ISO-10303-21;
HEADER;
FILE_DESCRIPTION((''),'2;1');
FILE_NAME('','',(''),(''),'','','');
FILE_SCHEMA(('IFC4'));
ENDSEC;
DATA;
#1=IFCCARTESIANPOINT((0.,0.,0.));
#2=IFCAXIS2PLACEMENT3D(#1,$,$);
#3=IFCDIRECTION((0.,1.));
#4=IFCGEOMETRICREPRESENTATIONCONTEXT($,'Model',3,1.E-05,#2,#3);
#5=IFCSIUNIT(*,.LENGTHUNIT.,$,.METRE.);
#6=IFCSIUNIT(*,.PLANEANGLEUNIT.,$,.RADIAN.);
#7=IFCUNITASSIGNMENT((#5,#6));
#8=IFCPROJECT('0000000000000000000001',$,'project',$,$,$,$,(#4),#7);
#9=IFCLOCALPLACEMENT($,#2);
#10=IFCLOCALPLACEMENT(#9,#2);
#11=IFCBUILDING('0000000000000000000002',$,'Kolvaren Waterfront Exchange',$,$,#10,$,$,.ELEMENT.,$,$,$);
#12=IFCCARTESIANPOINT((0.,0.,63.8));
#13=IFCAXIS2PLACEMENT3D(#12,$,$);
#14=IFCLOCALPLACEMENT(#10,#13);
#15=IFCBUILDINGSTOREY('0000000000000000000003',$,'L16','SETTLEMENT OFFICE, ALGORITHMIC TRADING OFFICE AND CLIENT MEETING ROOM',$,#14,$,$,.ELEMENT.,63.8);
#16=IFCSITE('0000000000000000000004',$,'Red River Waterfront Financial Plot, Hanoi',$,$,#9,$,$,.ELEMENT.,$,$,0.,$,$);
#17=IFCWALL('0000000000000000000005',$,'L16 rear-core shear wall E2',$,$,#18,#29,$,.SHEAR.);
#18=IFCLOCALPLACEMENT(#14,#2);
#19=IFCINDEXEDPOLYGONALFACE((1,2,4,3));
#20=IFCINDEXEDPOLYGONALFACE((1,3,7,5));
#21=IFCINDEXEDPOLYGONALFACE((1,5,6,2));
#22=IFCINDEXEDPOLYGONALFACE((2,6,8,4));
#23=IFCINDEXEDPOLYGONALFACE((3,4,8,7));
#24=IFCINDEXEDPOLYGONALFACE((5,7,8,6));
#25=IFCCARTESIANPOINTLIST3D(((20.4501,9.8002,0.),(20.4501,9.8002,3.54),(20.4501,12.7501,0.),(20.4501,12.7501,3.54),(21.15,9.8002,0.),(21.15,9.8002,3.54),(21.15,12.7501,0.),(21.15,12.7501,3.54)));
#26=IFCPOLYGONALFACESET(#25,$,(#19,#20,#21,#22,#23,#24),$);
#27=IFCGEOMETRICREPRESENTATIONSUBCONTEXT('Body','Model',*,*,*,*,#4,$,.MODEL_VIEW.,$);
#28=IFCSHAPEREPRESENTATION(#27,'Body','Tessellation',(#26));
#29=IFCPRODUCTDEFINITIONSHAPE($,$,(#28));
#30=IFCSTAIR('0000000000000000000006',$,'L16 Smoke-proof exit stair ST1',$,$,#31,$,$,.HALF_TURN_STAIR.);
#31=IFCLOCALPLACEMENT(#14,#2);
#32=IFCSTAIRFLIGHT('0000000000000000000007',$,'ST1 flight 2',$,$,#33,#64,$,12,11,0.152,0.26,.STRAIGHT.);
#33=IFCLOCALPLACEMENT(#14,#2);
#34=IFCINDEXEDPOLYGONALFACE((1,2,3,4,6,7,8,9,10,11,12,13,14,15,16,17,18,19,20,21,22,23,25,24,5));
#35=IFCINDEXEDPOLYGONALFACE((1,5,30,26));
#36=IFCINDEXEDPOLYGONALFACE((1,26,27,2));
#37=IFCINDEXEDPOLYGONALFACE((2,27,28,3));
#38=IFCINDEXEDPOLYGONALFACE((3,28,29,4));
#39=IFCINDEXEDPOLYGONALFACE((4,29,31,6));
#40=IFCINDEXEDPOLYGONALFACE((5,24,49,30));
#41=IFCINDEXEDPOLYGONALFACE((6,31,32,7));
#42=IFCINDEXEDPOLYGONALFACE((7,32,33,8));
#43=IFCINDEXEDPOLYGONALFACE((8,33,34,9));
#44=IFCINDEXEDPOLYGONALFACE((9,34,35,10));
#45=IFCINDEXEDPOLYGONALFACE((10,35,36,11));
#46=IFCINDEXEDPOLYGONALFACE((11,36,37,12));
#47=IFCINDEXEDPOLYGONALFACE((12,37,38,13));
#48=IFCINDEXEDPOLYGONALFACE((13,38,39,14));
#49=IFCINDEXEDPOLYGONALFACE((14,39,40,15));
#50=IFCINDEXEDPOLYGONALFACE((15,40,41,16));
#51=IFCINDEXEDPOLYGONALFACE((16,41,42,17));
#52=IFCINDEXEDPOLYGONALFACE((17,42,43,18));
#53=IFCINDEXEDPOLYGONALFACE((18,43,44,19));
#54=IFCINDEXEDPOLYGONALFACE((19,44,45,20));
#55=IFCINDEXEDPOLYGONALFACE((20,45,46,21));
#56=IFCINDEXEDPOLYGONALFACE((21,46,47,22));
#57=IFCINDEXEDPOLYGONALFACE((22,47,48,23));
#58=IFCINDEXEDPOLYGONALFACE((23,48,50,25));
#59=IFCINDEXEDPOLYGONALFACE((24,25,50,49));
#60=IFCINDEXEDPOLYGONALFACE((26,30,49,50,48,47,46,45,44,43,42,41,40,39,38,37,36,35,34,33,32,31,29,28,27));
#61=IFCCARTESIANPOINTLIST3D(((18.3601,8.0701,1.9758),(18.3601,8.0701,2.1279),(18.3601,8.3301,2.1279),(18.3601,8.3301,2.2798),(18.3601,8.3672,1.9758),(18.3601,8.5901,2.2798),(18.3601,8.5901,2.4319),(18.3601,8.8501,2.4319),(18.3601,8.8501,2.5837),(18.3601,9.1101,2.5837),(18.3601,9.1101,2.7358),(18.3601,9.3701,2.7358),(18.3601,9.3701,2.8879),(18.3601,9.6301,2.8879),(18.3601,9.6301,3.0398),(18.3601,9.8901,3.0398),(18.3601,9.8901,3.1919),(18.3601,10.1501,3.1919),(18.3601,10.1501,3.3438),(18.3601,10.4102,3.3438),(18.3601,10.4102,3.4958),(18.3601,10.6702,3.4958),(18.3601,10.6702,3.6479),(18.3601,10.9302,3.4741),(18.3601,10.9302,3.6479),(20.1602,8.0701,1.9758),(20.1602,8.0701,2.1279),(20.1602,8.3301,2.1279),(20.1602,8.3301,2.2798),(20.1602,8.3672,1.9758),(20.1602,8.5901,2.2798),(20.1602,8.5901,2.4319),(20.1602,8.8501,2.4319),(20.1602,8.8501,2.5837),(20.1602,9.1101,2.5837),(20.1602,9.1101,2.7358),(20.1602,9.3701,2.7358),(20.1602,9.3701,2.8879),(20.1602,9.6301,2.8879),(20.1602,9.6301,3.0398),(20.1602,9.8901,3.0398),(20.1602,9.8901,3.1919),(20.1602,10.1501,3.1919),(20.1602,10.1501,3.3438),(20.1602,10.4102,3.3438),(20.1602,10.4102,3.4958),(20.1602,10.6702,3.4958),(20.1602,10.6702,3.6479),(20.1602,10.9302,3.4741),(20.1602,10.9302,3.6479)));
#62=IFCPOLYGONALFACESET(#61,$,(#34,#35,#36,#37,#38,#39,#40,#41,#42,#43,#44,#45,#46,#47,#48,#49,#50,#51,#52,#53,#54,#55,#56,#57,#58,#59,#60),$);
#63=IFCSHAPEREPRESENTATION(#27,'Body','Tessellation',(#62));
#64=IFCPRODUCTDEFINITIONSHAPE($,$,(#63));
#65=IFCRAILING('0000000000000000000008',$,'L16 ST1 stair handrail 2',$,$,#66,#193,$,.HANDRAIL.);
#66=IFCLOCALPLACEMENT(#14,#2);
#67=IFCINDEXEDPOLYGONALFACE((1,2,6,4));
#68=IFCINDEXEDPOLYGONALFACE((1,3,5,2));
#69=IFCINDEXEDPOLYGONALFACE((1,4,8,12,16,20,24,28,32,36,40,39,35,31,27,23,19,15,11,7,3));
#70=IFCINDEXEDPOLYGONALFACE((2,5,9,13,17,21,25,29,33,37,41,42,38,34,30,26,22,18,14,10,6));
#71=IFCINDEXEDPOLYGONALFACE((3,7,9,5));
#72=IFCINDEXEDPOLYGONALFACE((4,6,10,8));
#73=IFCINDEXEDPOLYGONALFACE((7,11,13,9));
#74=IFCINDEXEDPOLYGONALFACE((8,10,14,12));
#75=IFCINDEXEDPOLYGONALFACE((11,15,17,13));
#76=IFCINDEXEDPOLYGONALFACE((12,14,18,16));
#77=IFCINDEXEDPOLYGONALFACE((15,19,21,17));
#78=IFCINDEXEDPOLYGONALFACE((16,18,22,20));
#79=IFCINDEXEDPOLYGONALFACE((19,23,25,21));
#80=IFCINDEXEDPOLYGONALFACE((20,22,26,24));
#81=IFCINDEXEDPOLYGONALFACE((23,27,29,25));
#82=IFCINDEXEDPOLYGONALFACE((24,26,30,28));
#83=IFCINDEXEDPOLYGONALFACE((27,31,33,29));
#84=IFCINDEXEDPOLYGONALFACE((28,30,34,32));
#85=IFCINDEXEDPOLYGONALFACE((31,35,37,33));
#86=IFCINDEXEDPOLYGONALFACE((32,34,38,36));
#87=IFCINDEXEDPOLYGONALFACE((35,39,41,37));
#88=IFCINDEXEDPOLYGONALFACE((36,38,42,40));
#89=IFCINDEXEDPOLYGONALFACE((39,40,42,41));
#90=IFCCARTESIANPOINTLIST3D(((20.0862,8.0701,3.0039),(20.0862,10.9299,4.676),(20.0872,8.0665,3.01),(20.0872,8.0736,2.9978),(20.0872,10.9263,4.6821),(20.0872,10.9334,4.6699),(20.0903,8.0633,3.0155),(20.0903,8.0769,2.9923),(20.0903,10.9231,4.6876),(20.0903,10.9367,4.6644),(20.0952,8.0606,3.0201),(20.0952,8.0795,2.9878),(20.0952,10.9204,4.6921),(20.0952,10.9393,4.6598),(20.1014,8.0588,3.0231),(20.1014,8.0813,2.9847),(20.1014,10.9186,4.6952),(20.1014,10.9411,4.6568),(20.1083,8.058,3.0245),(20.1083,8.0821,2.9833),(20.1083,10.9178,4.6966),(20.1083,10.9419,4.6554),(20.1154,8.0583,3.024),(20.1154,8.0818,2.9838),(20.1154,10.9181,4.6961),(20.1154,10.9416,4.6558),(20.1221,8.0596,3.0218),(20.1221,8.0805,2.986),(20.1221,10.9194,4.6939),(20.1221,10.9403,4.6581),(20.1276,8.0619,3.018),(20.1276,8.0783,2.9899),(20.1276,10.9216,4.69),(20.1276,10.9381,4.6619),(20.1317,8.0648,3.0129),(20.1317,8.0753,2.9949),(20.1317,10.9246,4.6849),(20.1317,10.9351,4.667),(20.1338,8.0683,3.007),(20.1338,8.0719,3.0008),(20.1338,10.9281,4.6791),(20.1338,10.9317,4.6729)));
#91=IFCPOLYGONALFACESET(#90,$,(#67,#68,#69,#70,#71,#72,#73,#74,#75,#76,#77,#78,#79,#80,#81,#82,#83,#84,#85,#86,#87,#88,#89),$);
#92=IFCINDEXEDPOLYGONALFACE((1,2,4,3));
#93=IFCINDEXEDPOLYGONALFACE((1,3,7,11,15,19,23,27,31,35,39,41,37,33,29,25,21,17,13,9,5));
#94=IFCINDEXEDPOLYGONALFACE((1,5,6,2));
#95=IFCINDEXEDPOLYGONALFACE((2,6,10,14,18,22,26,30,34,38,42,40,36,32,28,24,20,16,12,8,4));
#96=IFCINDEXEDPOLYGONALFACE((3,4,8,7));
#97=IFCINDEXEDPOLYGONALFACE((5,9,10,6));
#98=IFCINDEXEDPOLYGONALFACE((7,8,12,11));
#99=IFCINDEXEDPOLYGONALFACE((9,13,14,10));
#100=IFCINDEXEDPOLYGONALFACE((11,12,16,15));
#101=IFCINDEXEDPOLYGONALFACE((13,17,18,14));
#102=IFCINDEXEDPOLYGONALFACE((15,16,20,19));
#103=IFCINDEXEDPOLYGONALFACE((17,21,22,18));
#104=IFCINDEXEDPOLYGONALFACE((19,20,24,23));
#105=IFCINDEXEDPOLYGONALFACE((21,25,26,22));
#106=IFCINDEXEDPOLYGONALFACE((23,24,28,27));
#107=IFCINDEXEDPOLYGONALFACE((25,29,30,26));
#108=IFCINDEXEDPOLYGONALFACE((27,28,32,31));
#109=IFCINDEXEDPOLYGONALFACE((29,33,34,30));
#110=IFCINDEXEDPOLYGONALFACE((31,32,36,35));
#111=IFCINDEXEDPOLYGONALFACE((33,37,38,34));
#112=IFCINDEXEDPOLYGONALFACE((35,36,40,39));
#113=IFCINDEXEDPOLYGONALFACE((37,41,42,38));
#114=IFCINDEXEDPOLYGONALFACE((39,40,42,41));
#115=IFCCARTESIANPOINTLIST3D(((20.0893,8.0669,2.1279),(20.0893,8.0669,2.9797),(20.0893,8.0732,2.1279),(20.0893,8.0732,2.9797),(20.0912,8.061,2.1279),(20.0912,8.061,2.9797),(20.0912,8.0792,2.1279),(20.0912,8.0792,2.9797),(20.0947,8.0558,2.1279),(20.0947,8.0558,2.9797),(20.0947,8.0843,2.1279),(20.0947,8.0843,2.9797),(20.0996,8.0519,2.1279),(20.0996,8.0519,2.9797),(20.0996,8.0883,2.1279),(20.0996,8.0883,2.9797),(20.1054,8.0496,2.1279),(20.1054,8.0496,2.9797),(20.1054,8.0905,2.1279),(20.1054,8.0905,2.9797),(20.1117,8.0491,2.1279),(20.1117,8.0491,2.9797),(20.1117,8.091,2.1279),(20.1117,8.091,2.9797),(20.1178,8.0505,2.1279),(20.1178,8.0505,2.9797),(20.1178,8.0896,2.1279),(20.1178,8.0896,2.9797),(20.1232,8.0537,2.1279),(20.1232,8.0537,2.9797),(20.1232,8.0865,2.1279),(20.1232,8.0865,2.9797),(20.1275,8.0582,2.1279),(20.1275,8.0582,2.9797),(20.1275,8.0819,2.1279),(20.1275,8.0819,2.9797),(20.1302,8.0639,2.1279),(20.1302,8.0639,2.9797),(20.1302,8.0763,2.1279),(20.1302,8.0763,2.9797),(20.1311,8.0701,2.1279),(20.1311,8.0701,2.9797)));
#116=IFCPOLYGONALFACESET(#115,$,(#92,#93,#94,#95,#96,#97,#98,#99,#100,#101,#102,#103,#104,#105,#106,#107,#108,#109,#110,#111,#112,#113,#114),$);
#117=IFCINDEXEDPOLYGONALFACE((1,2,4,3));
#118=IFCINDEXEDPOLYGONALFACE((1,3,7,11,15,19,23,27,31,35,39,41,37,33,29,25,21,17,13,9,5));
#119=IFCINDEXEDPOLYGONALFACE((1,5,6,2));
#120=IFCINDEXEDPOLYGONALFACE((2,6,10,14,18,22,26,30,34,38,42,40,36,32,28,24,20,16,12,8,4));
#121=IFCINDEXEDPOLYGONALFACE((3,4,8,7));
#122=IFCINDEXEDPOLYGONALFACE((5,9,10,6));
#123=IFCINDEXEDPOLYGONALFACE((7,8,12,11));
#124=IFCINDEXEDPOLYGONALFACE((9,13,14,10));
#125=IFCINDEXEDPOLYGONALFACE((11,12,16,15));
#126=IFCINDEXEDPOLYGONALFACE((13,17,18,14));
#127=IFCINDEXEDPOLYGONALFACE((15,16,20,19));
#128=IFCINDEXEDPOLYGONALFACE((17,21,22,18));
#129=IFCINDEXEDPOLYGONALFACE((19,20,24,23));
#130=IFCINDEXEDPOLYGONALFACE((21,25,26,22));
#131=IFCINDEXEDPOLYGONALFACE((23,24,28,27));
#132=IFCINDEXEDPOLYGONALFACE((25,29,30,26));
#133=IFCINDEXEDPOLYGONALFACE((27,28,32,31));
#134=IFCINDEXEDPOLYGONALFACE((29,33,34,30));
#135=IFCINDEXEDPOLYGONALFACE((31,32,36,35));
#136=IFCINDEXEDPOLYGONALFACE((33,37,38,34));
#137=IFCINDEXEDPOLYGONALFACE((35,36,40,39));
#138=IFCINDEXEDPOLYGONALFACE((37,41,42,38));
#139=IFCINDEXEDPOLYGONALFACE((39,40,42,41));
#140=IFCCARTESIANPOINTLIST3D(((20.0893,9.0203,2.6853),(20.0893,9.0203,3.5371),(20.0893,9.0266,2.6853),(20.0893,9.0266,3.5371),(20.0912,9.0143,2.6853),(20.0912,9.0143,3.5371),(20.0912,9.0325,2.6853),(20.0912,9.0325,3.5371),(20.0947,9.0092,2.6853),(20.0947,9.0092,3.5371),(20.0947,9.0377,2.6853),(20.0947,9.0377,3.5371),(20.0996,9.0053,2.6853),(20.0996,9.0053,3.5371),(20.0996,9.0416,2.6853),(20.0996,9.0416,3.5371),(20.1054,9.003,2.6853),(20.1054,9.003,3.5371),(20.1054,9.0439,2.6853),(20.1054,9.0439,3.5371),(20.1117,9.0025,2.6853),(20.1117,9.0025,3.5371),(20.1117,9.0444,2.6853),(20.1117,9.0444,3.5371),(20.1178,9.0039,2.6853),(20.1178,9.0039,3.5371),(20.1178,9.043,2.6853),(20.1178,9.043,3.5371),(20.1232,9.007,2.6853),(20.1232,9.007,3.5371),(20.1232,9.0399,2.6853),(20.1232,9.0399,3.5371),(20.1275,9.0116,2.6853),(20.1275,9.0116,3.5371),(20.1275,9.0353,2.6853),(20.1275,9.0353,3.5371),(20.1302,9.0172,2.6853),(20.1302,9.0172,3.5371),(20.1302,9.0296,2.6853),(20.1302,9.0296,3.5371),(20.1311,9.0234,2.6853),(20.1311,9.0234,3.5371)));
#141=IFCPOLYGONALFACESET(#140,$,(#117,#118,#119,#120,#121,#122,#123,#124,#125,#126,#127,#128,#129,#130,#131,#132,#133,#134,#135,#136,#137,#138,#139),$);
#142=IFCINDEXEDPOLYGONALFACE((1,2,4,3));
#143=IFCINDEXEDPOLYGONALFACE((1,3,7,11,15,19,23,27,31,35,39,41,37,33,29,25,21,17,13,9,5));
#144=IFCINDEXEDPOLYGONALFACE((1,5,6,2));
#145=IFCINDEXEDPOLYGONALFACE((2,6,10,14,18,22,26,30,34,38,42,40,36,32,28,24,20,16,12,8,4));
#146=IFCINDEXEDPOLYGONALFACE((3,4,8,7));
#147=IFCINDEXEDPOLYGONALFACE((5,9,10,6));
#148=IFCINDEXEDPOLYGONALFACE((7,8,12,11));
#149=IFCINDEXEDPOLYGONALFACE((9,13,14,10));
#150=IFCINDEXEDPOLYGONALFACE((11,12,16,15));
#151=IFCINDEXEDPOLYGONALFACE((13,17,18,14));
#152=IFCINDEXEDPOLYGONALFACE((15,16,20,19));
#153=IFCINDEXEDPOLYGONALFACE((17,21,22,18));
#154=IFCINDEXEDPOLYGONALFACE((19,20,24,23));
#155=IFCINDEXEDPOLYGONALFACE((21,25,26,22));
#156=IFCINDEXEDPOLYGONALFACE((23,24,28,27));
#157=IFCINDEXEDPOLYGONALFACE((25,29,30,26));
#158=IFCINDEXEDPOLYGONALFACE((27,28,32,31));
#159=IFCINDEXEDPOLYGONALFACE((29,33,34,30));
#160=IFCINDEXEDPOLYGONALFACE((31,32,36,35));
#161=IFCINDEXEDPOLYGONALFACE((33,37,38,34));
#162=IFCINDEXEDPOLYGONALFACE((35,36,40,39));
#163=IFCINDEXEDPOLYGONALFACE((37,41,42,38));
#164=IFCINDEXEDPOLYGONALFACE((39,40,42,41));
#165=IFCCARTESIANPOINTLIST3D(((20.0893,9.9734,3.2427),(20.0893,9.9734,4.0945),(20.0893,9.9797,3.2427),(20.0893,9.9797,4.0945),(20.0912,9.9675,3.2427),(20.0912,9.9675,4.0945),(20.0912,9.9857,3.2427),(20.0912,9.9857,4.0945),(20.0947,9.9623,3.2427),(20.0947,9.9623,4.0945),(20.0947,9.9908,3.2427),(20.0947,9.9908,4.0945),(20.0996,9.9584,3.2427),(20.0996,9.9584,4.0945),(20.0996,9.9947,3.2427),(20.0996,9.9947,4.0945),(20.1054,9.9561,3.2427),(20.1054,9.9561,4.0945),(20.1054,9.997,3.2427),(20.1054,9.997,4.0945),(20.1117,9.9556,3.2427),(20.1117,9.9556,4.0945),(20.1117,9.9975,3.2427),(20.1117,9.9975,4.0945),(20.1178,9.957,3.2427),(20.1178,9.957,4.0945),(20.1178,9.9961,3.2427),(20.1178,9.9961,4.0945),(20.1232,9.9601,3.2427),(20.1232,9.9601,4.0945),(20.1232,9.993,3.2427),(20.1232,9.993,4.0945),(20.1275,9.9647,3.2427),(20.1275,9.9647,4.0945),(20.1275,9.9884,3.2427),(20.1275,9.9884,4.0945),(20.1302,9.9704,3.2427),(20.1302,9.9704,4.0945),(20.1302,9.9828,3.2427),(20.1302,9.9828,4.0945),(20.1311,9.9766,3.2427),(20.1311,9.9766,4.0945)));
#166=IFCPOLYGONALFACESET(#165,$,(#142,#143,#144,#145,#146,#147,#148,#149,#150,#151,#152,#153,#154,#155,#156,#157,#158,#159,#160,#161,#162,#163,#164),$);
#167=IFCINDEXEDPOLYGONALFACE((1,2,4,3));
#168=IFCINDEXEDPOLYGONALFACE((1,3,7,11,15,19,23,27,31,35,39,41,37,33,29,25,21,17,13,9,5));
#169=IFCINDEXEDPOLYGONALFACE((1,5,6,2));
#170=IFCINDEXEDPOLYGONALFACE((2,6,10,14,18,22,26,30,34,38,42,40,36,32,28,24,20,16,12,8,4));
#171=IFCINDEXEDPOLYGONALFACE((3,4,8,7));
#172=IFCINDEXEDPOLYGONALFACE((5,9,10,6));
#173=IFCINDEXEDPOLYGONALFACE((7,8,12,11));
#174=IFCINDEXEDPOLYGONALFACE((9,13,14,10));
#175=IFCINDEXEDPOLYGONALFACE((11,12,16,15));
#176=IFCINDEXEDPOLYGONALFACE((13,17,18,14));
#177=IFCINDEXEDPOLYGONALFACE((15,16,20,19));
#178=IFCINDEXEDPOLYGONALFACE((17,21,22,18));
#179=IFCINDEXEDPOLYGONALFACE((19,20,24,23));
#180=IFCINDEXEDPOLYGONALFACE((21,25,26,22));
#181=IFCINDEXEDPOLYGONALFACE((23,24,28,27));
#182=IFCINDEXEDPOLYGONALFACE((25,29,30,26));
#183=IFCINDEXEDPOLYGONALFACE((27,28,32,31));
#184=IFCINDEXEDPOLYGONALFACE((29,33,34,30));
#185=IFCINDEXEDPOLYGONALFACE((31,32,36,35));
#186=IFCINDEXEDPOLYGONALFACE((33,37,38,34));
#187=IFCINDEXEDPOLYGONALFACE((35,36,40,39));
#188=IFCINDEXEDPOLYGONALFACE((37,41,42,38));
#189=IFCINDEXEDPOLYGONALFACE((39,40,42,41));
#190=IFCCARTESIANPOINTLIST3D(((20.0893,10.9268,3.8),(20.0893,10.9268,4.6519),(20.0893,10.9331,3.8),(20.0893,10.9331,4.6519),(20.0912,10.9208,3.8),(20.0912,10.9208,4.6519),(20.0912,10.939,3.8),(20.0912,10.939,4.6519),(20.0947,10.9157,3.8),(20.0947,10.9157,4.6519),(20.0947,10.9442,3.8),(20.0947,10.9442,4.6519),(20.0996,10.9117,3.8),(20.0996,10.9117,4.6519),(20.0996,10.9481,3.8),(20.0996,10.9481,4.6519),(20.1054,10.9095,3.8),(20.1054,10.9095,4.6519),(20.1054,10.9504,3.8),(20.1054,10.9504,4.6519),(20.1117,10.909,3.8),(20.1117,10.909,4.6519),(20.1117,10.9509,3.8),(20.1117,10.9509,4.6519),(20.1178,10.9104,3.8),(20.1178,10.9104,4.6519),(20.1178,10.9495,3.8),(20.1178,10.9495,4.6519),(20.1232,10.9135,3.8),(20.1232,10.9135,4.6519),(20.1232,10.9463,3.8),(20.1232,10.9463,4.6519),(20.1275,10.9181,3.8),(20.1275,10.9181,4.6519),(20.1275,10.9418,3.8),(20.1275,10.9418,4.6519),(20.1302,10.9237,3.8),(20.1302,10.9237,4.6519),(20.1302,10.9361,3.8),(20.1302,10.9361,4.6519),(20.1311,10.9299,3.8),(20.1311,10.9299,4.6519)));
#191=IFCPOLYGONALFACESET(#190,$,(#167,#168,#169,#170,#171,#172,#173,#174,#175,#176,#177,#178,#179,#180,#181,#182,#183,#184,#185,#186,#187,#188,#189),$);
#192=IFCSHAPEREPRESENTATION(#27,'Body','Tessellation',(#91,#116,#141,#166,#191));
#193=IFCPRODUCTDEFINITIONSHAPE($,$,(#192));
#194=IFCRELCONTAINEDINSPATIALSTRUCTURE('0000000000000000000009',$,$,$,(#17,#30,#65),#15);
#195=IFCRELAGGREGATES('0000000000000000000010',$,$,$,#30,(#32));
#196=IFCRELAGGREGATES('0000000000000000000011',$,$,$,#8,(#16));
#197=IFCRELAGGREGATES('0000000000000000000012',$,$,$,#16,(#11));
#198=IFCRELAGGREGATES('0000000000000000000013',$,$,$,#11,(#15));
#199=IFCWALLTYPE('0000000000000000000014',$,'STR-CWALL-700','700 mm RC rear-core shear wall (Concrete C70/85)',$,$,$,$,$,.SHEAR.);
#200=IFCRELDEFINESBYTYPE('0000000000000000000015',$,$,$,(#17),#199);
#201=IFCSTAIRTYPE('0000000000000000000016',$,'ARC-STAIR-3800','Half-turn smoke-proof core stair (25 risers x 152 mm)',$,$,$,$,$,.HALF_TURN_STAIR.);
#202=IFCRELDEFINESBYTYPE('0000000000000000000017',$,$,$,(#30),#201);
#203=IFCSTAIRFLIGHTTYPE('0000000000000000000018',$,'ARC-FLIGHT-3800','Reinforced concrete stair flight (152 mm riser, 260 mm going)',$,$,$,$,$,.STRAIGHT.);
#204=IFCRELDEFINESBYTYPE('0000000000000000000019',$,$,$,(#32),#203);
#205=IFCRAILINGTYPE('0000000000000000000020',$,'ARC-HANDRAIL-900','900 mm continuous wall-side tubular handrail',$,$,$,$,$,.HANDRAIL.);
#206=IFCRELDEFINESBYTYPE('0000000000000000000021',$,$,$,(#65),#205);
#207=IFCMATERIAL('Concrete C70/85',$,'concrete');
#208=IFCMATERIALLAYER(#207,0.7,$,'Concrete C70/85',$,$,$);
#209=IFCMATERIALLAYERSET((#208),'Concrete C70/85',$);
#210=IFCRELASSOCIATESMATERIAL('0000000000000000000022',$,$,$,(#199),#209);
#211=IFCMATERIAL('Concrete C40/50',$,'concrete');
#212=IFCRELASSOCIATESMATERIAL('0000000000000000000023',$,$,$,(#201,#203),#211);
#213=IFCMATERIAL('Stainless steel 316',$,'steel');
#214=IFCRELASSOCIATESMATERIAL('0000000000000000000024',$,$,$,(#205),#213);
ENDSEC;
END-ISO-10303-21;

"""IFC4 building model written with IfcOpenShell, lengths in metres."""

from ifc_helpers import new_model, si_unit, direction, frame, frame_2d, origin, origin_2d, place, context, subcontext, project, spatial, polyline, rectangle, circle, outline, extrude, material, layer, layer_set, type_object, element, aggregate, save


model = new_model("IFC4")

# Units and contexts
model_context = context("Model", 3, precision=1e-05, world=origin(), true_north=direction((0.0, 1.0)))
body_context = subcontext(model_context, "Body", "Model", "MODEL_VIEW")
ifc_project = project(units=[si_unit("LENGTHUNIT", "METRE"), si_unit("PLANEANGLEUNIT", "RADIAN")], contexts=[model_context])

# Site, building, storey
site_placement = place(None, origin())
site = spatial("IfcSite", under=ifc_project, at=site_placement, Name="Red River Waterfront Financial Plot, Hanoi", CompositionType="ELEMENT", RefElevation=0.0)
building_placement = place(site_placement, origin())
building = spatial("IfcBuilding", under=site, at=building_placement, Name="Kolvaren Waterfront Exchange", CompositionType="ELEMENT")
storey_placement = place(building_placement, frame((0.0, 0.0, 63.8)))
storey = spatial("IfcBuildingStorey", under=building, at=storey_placement, Name="L16", Description="SETTLEMENT OFFICE, ALGORITHMIC TRADING OFFICE AND CLIENT MEETING ROOM", CompositionType="ELEMENT", Elevation=63.8)

# Shared definitions
ifc_material_1 = material(Name="Concrete C70/85", Category="concrete")

# Wall
ifc_material_2 = material(Name="Concrete C40/50", Category="concrete")
ifc_layer_1 = layer(ifc_material_1, 0.7, Name="Concrete C70/85")
ifc_layer_set_1 = layer_set([ifc_layer_1], Name="Concrete C70/85")
wall_type_1 = type_object("IfcWallType", Name="STR-CWALL-700", Description="700 mm RC rear-core shear wall (Concrete C70/85)", PredefinedType="SHEAR", material=ifc_layer_set_1)
wall_1_placement = place(storey_placement, frame((20.8, 9.8, 0.0), z_axis=(0.0, 0.0, 1.0), x_axis=(0.0, 1.0, 0.0)))
element("IfcWall", 1, at=wall_1_placement, inside=storey, type_object=wall_type_1, Name="L16 rear-core shear wall E2", PredefinedType="SHEAR", context=body_context, shape_type="SweptSolid", body=[
    extrude(rectangle(XDim=2.95, YDim=0.7, at=frame_2d((1.4751, 0.0))), origin(), (0.0, 0.0, 1.0), 3.54),
])

# Stair, stair flight
stair_type = type_object("IfcStairType", Name="ARC-STAIR-3800", Description="Half-turn smoke-proof core stair (25 risers x 152 mm)", PredefinedType="HALF_TURN_STAIR", material=ifc_material_2)
stair_placement = place(storey_placement, origin())
stair = element("IfcStair", 2, at=stair_placement, inside=storey, type_object=stair_type, Name="L16 Smoke-proof exit stair ST1", PredefinedType="HALF_TURN_STAIR")
stair_flight_type = type_object("IfcStairFlightType", Name="ARC-FLIGHT-3800", Description="Reinforced concrete stair flight (152 mm riser, 260 mm going)", PredefinedType="STRAIGHT", material=ifc_material_2)
stair_flight_placement = place(storey_placement, frame((19.26, 8.0701, 1.9758), z_axis=(0.0, 0.0, 1.0), x_axis=(0.0, 1.0, 0.0)))
stair_flight = element("IfcStairFlight", 3, at=stair_flight_placement, type_object=stair_flight_type, Name="ST1 flight 2", NumberOfRisers=12, NumberOfTreads=11, PredefinedType="STRAIGHT", RiserHeight=0.152, TreadLength=0.26, context=body_context, shape_type="SweptSolid", body=[
    extrude(outline(polyline([(0.0, 0.0), (0.0, 0.1521), (0.26, 0.1521), (0.26, 0.304), (0.52, 0.304), (0.52, 0.4561), (0.78, 0.4561), (0.78, 0.6079), (1.04, 0.6079), (1.04, 0.76), (1.3, 0.76), (1.3, 0.9121), (1.5601, 0.9121), (1.5601, 1.064), (1.8201, 1.064), (1.8201, 1.2161), (2.0801, 1.2161), (2.0801, 1.3679), (2.3401, 1.3679), (2.3401, 1.52), (2.6001, 1.52), (2.6001, 1.6721), (2.8601, 1.6721), (2.8601, 1.824), (2.8601, 1.4983), (0.2971, 0.0), (0.0, 0.0)])), frame((0.0, 0.8999, 0.0), z_axis=(0.0, -1.0, 0.0), x_axis=(1.0, 0.0, 0.0)), (0.0, 0.0, 1.0), 1.8),
])
aggregate(stair, [stair_flight])

# Railing
ifc_material_3 = material(Name="Stainless steel 316", Category="steel")
railing_type = type_object("IfcRailingType", Name="ARC-HANDRAIL-900", Description="900 mm continuous wall-side tubular handrail", PredefinedType="HANDRAIL", material=ifc_material_3)
railing_placement = place(storey_placement, frame((20.1101, 8.0701, 2.1279)))
element("IfcRailing", 4, at=railing_placement, inside=storey, type_object=railing_type, Name="L16 ST1 stair handrail 2", PredefinedType="HANDRAIL", context=body_context, shape_type="SweptSolid", body=[
    extrude(circle(Radius=0.0239, at=origin_2d()), frame((0.0, 0.0, 0.876), z_axis=(0.0, 0.863271, 0.504741), x_axis=(-1.0, 0.0, 0.0)), (0.0, 0.0, 1.0), 3.3127),
    extrude(circle(Radius=0.021, at=origin_2d()), origin(), (0.0, 0.0, 1.0), 0.8518),
    extrude(circle(Radius=0.021, at=origin_2d()), frame((0.0, 0.9534, 0.5574)), (0.0, 0.0, 1.0), 0.8518),
    extrude(circle(Radius=0.021, at=origin_2d()), frame((0.0, 1.9065, 1.1147)), (0.0, 0.0, 1.0), 0.8518),
    extrude(circle(Radius=0.021, at=origin_2d()), frame((0.0, 2.8599, 1.6721)), (0.0, 0.0, 1.0), 0.8518),
])

save(model, "model.ifc")
